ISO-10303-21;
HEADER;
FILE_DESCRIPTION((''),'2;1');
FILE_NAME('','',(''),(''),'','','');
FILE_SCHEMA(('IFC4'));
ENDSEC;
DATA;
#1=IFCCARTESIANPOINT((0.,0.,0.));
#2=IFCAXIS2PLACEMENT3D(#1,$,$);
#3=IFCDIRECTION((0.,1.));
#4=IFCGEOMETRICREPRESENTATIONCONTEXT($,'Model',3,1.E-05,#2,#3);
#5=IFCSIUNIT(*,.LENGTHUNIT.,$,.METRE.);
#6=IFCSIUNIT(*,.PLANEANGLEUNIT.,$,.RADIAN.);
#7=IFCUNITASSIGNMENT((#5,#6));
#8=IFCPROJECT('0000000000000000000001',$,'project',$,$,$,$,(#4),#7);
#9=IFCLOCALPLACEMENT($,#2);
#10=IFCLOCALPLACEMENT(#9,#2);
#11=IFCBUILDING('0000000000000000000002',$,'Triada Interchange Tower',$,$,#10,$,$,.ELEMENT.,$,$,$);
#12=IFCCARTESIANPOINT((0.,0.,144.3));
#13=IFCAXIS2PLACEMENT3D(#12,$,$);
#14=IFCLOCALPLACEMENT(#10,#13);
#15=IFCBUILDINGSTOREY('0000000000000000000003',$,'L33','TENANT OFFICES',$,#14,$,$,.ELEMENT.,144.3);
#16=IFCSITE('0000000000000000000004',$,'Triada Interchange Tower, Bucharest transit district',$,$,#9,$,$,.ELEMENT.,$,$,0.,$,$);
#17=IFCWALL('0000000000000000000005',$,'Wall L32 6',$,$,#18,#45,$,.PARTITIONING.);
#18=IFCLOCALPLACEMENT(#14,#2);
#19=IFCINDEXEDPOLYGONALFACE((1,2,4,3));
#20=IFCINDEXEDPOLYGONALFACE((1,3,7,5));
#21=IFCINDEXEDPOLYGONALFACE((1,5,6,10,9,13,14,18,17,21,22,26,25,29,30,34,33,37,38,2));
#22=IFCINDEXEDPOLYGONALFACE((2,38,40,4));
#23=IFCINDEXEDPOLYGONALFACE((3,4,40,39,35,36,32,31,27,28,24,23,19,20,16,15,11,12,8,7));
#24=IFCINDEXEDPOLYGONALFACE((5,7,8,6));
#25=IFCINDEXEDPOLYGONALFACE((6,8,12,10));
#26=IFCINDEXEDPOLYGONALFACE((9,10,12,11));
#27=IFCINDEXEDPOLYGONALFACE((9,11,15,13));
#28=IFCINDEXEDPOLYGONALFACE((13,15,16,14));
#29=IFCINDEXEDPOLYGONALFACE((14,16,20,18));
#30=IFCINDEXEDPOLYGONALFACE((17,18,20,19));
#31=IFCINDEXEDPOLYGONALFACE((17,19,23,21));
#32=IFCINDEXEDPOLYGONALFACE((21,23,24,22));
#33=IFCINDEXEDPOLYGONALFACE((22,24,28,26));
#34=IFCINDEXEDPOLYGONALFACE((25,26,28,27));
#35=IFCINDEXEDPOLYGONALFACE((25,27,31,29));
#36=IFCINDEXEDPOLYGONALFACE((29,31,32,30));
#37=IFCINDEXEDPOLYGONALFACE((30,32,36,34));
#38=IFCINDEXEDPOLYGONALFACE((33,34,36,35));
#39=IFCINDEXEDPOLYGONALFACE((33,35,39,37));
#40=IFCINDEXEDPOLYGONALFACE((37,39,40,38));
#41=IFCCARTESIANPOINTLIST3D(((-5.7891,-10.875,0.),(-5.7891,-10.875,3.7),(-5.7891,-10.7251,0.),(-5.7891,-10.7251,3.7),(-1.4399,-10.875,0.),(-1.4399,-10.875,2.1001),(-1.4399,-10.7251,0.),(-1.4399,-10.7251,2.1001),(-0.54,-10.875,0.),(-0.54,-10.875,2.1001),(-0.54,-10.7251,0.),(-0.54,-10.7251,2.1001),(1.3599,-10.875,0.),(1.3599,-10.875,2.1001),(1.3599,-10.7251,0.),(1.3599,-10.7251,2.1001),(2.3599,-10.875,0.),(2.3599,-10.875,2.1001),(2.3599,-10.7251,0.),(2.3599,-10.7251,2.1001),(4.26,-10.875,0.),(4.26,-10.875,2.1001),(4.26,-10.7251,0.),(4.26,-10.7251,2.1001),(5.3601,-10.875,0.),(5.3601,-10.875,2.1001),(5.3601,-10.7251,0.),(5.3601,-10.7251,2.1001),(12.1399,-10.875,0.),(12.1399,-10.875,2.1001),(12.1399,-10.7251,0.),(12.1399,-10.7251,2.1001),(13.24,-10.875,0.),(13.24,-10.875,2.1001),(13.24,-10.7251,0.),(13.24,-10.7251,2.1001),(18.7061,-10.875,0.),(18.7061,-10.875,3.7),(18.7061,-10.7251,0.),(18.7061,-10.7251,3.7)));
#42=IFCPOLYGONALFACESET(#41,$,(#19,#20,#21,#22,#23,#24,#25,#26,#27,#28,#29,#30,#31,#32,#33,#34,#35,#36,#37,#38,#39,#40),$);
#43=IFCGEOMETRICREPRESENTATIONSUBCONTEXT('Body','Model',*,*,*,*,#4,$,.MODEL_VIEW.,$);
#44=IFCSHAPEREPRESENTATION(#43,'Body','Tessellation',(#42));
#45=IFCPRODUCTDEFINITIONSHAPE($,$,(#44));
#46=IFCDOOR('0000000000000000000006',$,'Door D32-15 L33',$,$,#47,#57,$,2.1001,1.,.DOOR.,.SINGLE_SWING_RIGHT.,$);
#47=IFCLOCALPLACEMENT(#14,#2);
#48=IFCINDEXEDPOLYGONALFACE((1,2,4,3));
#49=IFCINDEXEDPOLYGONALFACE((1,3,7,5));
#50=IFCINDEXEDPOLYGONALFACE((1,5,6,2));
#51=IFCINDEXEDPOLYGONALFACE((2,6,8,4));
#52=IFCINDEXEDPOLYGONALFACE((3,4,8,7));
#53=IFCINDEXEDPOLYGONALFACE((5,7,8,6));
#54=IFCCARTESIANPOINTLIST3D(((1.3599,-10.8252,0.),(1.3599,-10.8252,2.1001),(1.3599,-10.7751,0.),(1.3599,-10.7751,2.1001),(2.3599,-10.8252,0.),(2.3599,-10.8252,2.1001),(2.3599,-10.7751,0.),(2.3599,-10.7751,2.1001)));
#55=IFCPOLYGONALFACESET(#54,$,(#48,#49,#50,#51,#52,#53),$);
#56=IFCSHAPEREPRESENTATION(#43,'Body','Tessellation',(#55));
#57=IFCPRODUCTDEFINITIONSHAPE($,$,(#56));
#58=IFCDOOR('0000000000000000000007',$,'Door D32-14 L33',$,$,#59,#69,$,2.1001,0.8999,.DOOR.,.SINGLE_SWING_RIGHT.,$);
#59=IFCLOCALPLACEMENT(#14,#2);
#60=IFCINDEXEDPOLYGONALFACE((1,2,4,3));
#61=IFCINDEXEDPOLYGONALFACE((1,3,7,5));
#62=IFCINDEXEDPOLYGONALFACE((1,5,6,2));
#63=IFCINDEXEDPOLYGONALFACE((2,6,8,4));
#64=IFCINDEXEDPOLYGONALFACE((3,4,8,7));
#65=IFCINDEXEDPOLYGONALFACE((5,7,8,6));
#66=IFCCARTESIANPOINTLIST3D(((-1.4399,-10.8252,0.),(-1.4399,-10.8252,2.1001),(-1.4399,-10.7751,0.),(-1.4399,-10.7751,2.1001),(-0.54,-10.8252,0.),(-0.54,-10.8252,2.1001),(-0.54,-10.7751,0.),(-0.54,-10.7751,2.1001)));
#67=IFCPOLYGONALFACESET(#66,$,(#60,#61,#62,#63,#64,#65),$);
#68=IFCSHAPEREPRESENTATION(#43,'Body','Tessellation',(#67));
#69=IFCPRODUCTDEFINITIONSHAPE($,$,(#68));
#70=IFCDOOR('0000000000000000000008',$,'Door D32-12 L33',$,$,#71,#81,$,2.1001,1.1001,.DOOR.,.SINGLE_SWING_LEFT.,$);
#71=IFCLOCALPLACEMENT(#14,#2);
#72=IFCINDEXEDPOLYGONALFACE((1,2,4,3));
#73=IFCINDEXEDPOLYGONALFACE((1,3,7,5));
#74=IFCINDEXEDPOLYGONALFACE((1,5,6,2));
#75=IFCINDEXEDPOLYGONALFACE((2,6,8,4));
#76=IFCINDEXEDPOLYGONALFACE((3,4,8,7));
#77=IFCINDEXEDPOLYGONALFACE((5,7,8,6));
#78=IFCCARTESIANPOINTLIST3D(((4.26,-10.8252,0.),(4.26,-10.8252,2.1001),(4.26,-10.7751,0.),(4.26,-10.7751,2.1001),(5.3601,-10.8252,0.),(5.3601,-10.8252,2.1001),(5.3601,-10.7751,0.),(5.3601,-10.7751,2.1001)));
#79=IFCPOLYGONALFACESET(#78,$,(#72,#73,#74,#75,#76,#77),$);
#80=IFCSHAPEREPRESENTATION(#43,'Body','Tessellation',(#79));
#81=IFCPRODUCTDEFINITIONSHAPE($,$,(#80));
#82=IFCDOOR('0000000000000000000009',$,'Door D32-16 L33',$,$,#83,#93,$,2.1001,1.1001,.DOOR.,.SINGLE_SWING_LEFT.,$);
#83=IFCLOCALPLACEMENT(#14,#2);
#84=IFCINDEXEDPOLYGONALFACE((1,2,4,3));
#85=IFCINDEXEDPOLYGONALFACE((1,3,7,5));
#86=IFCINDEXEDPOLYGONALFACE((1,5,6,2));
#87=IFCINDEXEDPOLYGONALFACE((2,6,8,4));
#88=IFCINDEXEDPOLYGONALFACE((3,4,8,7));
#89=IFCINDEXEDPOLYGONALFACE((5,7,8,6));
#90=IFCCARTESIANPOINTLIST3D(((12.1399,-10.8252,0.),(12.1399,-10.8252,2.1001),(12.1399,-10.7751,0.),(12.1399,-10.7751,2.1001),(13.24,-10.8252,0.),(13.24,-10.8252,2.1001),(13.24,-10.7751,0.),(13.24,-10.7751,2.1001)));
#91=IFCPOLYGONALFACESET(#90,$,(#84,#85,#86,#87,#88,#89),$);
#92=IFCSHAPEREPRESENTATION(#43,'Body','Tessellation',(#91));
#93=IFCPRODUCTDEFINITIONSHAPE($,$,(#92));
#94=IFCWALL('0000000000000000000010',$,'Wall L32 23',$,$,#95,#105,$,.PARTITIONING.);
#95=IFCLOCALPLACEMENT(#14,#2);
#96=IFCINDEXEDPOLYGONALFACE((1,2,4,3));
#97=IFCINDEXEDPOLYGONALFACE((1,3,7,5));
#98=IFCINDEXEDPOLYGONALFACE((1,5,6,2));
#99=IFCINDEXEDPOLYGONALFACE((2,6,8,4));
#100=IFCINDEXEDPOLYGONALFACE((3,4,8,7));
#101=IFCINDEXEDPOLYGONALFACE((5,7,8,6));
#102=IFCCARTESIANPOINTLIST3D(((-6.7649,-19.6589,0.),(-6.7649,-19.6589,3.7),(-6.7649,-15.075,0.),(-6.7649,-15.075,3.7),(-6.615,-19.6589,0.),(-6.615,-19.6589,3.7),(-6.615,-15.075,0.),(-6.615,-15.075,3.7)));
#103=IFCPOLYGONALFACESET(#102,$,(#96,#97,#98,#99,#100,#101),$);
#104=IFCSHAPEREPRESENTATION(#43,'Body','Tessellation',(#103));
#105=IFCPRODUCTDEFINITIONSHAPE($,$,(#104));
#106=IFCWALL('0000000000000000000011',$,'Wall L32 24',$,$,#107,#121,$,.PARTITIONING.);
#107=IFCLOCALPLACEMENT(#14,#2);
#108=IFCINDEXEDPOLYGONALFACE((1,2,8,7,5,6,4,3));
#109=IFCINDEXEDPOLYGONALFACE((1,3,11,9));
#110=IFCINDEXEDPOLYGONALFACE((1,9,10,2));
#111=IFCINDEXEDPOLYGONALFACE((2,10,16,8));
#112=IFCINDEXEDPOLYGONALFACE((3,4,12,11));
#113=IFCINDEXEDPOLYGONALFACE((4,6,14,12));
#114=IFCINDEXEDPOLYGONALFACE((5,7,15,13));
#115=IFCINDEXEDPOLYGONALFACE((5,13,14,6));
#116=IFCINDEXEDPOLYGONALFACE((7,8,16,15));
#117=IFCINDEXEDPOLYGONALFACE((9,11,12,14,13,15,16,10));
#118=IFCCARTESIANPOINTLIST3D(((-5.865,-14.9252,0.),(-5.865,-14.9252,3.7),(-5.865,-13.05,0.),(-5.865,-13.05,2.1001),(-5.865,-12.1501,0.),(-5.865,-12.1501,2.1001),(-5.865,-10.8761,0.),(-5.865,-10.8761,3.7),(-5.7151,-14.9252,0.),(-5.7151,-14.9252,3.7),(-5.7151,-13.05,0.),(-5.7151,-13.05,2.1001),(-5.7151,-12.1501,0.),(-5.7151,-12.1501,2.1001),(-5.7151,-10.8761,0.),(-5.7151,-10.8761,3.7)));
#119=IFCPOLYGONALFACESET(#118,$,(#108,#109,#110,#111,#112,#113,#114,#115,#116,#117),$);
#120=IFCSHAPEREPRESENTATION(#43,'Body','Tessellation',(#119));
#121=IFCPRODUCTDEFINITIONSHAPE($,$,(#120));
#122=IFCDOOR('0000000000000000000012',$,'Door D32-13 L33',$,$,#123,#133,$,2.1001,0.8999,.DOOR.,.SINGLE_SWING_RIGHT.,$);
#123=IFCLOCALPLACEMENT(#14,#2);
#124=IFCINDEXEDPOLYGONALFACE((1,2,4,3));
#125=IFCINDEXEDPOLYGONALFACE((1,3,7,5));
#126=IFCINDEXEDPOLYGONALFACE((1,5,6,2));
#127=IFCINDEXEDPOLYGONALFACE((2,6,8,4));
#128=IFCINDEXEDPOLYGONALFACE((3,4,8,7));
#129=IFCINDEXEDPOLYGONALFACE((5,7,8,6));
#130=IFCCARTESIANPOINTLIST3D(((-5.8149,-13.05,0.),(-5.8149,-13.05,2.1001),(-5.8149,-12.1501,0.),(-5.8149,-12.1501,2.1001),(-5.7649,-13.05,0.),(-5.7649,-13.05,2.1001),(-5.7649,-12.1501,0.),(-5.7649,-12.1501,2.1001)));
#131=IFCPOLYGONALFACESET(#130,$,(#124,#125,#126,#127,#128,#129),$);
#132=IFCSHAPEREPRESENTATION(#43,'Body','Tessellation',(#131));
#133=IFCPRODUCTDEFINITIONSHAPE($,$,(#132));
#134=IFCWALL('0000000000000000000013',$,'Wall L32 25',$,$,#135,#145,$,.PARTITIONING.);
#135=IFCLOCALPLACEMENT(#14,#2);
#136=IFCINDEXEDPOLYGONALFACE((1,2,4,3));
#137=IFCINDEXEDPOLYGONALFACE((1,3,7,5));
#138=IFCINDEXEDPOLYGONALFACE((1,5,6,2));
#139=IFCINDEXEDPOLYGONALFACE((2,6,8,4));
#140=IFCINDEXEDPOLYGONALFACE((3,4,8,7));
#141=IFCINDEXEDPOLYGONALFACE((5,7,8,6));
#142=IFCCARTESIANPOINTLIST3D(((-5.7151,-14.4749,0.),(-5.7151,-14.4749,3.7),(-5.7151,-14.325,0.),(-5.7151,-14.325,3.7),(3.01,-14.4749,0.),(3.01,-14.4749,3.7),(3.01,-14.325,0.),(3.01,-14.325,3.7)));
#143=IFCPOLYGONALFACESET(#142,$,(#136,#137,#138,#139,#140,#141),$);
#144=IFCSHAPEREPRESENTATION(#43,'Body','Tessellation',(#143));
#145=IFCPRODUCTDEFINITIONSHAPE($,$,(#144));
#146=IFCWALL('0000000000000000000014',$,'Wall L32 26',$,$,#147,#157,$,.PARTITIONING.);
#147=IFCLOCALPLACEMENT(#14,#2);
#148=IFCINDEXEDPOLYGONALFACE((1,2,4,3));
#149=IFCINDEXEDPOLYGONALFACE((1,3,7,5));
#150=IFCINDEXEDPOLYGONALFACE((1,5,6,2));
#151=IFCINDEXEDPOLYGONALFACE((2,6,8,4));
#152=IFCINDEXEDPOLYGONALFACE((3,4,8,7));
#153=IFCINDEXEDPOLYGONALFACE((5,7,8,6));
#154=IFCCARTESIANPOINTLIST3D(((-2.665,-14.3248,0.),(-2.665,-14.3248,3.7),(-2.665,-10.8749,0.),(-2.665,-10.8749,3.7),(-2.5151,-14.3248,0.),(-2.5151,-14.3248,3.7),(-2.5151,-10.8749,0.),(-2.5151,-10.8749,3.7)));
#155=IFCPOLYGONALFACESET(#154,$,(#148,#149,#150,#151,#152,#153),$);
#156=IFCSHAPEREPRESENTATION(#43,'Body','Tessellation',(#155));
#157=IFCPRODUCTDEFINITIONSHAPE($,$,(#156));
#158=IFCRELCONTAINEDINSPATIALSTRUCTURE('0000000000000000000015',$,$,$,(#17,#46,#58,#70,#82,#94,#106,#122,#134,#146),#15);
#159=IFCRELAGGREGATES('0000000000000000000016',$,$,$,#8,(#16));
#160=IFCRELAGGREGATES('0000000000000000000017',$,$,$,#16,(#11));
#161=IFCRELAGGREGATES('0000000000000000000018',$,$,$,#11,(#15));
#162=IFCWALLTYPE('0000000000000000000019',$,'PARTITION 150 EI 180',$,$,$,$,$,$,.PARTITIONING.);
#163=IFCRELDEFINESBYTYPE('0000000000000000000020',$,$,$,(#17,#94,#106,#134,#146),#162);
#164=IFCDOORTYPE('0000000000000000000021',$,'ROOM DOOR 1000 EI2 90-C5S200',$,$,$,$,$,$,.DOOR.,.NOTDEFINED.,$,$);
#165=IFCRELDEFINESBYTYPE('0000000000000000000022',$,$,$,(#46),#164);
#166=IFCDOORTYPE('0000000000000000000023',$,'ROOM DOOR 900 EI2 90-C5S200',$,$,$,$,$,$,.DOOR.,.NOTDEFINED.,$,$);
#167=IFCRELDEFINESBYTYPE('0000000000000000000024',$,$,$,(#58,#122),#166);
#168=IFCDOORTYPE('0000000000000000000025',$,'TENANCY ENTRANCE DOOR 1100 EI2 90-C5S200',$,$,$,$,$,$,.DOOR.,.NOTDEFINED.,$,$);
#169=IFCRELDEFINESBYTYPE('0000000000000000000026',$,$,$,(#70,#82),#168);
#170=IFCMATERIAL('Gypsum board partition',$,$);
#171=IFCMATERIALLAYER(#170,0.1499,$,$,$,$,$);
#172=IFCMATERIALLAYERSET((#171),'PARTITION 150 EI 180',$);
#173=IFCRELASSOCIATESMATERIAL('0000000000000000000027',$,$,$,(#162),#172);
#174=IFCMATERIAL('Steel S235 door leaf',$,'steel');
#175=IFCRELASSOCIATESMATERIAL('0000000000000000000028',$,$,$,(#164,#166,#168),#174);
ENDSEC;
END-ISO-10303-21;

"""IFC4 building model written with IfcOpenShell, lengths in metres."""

from ifc_helpers import new_model, si_unit, direction, frame, frame_2d, origin, place, context, subcontext, project, spatial, rectangle, extrude, material, layer, layer_set, type_object, element, fill, save


model = new_model("IFC4")

# Units and contexts
model_context = context("Model", 3, precision=1e-05, world=origin(), true_north=direction((0.0, 1.0)))
body_context = subcontext(model_context, "Body", "Model", "MODEL_VIEW")
ifc_project = project(units=[si_unit("LENGTHUNIT", "METRE"), si_unit("PLANEANGLEUNIT", "RADIAN")], contexts=[model_context])

# Site, building, storey
site_placement = place(None, origin())
site = spatial("IfcSite", under=ifc_project, at=site_placement, Name="Triada Interchange Tower, Bucharest transit district", CompositionType="ELEMENT", RefElevation=0.0)
building_placement = place(site_placement, origin())
building = spatial("IfcBuilding", under=site, at=building_placement, Name="Triada Interchange Tower", CompositionType="ELEMENT")
storey_placement = place(building_placement, frame((0.0, 0.0, 144.3)))
storey = spatial("IfcBuildingStorey", under=building, at=storey_placement, Name="L33", Description="TENANT OFFICES", CompositionType="ELEMENT", Elevation=144.3)

# Shared definitions
ifc_material_1 = material(Name="Gypsum board partition")
ifc_layer_1 = layer(ifc_material_1, 0.1499)
ifc_layer_set_1 = layer_set([ifc_layer_1], Name="PARTITION 150 EI 180")
wall_type = type_object("IfcWallType", Name="PARTITION 150 EI 180", PredefinedType="PARTITIONING", material=ifc_layer_set_1)

# Wall, openings, doors
wall_1_placement = place(storey_placement, frame((-5.7891, -10.8, 0.0), z_axis=(0.0, 0.0, 1.0), x_axis=(1.0, 0.0, 0.0)))
wall_1 = element("IfcWall", 1, at=wall_1_placement, inside=storey, type_object=wall_type, Name="Wall L32 6", PredefinedType="PARTITIONING", context=body_context, shape_type="SweptSolid", body=[
    extrude(rectangle(XDim=24.4951, YDim=0.1499, at=frame_2d((12.2476, 0.0))), origin(), (0.0, 0.0, 1.0), 3.7),
])
opening_1_placement = place(wall_1_placement, frame((10.0491, 0.0, 0.0)))
opening_1 = element("IfcOpeningElement", 2, at=opening_1_placement, cuts=wall_1, PredefinedType="OPENING", context=body_context, shape_type="SweptSolid", body=[
    extrude(rectangle(XDim=1.1001, YDim=2.1001, at=frame_2d((0.55, 1.05))), frame((0.0, 0.085, 0.0), z_axis=(0.0, -1.0, 0.0), x_axis=(1.0, 0.0, 0.0)), (0.0, 0.0, 1.0), 0.1699),
])
opening_2_placement = place(wall_1_placement, frame((4.3491, 0.0, 0.0)))
opening_2 = element("IfcOpeningElement", 3, at=opening_2_placement, cuts=wall_1, PredefinedType="OPENING", context=body_context, shape_type="SweptSolid", body=[
    extrude(rectangle(XDim=0.8999, YDim=2.1001, at=frame_2d((0.45, 1.05))), frame((0.0, 0.085, 0.0), z_axis=(0.0, -1.0, 0.0), x_axis=(1.0, 0.0, 0.0)), (0.0, 0.0, 1.0), 0.1699),
])
opening_3_placement = place(wall_1_placement, frame((7.1489, 0.0, 0.0)))
opening_3 = element("IfcOpeningElement", 4, at=opening_3_placement, cuts=wall_1, PredefinedType="OPENING", context=body_context, shape_type="SweptSolid", body=[
    extrude(rectangle(XDim=1.0, YDim=2.1001, at=frame_2d((0.5, 1.05))), frame((0.0, 0.085, 0.0), z_axis=(0.0, -1.0, 0.0), x_axis=(1.0, 0.0, 0.0)), (0.0, 0.0, 1.0), 0.1699),
])
opening_4_placement = place(wall_1_placement, frame((17.929, 0.0, 0.0)))
opening_4 = element("IfcOpeningElement", 5, at=opening_4_placement, cuts=wall_1, PredefinedType="OPENING", context=body_context, shape_type="SweptSolid", body=[
    extrude(rectangle(XDim=1.1001, YDim=2.1001, at=frame_2d((0.55, 1.05))), frame((0.0, 0.085, 0.0), z_axis=(0.0, -1.0, 0.0), x_axis=(1.0, 0.0, 0.0)), (0.0, 0.0, 1.0), 0.1699),
])
ifc_material_2 = material(Name="Steel S235 door leaf", Category="steel")
door_type_1 = type_object("IfcDoorType", Name="ROOM DOOR 1000 EI2 90-C5S200", OperationType="NOTDEFINED", PredefinedType="DOOR", material=ifc_material_2)
door_1_placement = place(opening_3_placement, origin())
door_1 = element("IfcDoor", 6, at=door_1_placement, inside=storey, type_object=door_type_1, Name="Door D32-15 L33", OperationType="SINGLE_SWING_RIGHT", OverallHeight=2.1001, OverallWidth=1.0, PredefinedType="DOOR", context=body_context, shape_type="SweptSolid", body=[
    extrude(rectangle(XDim=1.0, YDim=2.1001, at=frame_2d((0.5, 1.05))), frame((0.0, 0.0249, 0.0), z_axis=(0.0, -1.0, 0.0), x_axis=(1.0, 0.0, 0.0)), (0.0, 0.0, 1.0), 0.05),
])
fill(opening_3, door_1)
door_type_2 = type_object("IfcDoorType", Name="ROOM DOOR 900 EI2 90-C5S200", OperationType="NOTDEFINED", PredefinedType="DOOR", material=ifc_material_2)
door_2_placement = place(opening_2_placement, origin())
door_2 = element("IfcDoor", 7, at=door_2_placement, inside=storey, type_object=door_type_2, Name="Door D32-14 L33", OperationType="SINGLE_SWING_RIGHT", OverallHeight=2.1001, OverallWidth=0.8999, PredefinedType="DOOR", context=body_context, shape_type="SweptSolid", body=[
    extrude(rectangle(XDim=0.8999, YDim=2.1001, at=frame_2d((0.45, 1.05))), frame((0.0, 0.0249, 0.0), z_axis=(0.0, -1.0, 0.0), x_axis=(1.0, 0.0, 0.0)), (0.0, 0.0, 1.0), 0.05),
])
fill(opening_2, door_2)
door_type_3 = type_object("IfcDoorType", Name="TENANCY ENTRANCE DOOR 1100 EI2 90-C5S200", OperationType="NOTDEFINED", PredefinedType="DOOR", material=ifc_material_2)
door_3_placement = place(opening_1_placement, origin())
door_3 = element("IfcDoor", 8, at=door_3_placement, inside=storey, type_object=door_type_3, Name="Door D32-12 L33", OperationType="SINGLE_SWING_LEFT", OverallHeight=2.1001, OverallWidth=1.1001, PredefinedType="DOOR", context=body_context, shape_type="SweptSolid", body=[
    extrude(rectangle(XDim=1.1001, YDim=2.1001, at=frame_2d((0.55, 1.05))), frame((0.0, 0.0249, 0.0), z_axis=(0.0, -1.0, 0.0), x_axis=(1.0, 0.0, 0.0)), (0.0, 0.0, 1.0), 0.05),
])
fill(opening_1, door_3)
door_4_placement = place(opening_4_placement, origin())
door_4 = element("IfcDoor", 9, at=door_4_placement, inside=storey, type_object=door_type_3, Name="Door D32-16 L33", OperationType="SINGLE_SWING_LEFT", OverallHeight=2.1001, OverallWidth=1.1001, PredefinedType="DOOR", context=body_context, shape_type="SweptSolid", body=[
    extrude(rectangle(XDim=1.1001, YDim=2.1001, at=frame_2d((0.55, 1.05))), frame((0.0, 0.0249, 0.0), z_axis=(0.0, -1.0, 0.0), x_axis=(1.0, 0.0, 0.0)), (0.0, 0.0, 1.0), 0.05),
])
fill(opening_4, door_4)

# Wall
wall_2_placement = place(storey_placement, frame((-6.6899, -19.6589, 0.0), z_axis=(0.0, 0.0, 1.0), x_axis=(0.0, 1.0, 0.0)))
element("IfcWall", 10, at=wall_2_placement, inside=storey, type_object=wall_type, Name="Wall L32 23", PredefinedType="PARTITIONING", context=body_context, shape_type="SweptSolid", body=[
    extrude(rectangle(XDim=4.584, YDim=0.1499, at=frame_2d((2.292, 0.0))), origin(), (0.0, 0.0, 1.0), 3.7),
])

# Wall, opening, door
wall_3_placement = place(storey_placement, frame((-5.79, -14.925, 0.0), z_axis=(0.0, 0.0, 1.0), x_axis=(0.0, 1.0, 0.0)))
wall_3 = element("IfcWall", 11, at=wall_3_placement, inside=storey, type_object=wall_type, Name="Wall L32 24", PredefinedType="PARTITIONING", context=body_context, shape_type="SweptSolid", body=[
    extrude(rectangle(XDim=4.0491, YDim=0.1499, at=frame_2d((2.0244, 0.0))), origin(), (0.0, 0.0, 1.0), 3.7),
])
opening_5_placement = place(wall_3_placement, frame((1.875, 0.0, 0.0)))
opening_5 = element("IfcOpeningElement", 12, at=opening_5_placement, cuts=wall_3, PredefinedType="OPENING", context=body_context, shape_type="SweptSolid", body=[
    extrude(rectangle(XDim=0.8999, YDim=2.1001, at=frame_2d((0.45, 1.05))), frame((0.0, 0.085, 0.0), z_axis=(0.0, -1.0, 0.0), x_axis=(1.0, 0.0, 0.0)), (0.0, 0.0, 1.0), 0.1699),
])
door_5_placement = place(opening_5_placement, origin())
door_5 = element("IfcDoor", 13, at=door_5_placement, inside=storey, type_object=door_type_2, Name="Door D32-13 L33", OperationType="SINGLE_SWING_RIGHT", OverallHeight=2.1001, OverallWidth=0.8999, PredefinedType="DOOR", context=body_context, shape_type="SweptSolid", body=[
    extrude(rectangle(XDim=0.8999, YDim=2.1001, at=frame_2d((0.45, 1.05))), frame((0.0, 0.0249, 0.0), z_axis=(0.0, -1.0, 0.0), x_axis=(1.0, 0.0, 0.0)), (0.0, 0.0, 1.0), 0.05),
])
fill(opening_5, door_5)

# Walls
wall_4_placement = place(storey_placement, frame((-5.7151, -14.3999, 0.0), z_axis=(0.0, 0.0, 1.0), x_axis=(1.0, 0.0, 0.0)))
element("IfcWall", 14, at=wall_4_placement, inside=storey, type_object=wall_type, Name="Wall L32 25", PredefinedType="PARTITIONING", context=body_context, shape_type="SweptSolid", body=[
    extrude(rectangle(XDim=8.7251, YDim=0.1499, at=frame_2d((4.3625, 0.0))), origin(), (0.0, 0.0, 1.0), 3.7),
])
wall_5_placement = place(storey_placement, frame((-2.5901, -14.325, 0.0), z_axis=(0.0, 0.0, 1.0), x_axis=(0.0, 1.0, 0.0)))
element("IfcWall", 15, at=wall_5_placement, inside=storey, type_object=wall_type, Name="Wall L32 26", PredefinedType="PARTITIONING", context=body_context, shape_type="SweptSolid", body=[
    extrude(rectangle(XDim=3.45, YDim=0.1499, at=frame_2d((1.7251, 0.0))), origin(), (0.0, 0.0, 1.0), 3.7),
])

save(model, "model.ifc")
